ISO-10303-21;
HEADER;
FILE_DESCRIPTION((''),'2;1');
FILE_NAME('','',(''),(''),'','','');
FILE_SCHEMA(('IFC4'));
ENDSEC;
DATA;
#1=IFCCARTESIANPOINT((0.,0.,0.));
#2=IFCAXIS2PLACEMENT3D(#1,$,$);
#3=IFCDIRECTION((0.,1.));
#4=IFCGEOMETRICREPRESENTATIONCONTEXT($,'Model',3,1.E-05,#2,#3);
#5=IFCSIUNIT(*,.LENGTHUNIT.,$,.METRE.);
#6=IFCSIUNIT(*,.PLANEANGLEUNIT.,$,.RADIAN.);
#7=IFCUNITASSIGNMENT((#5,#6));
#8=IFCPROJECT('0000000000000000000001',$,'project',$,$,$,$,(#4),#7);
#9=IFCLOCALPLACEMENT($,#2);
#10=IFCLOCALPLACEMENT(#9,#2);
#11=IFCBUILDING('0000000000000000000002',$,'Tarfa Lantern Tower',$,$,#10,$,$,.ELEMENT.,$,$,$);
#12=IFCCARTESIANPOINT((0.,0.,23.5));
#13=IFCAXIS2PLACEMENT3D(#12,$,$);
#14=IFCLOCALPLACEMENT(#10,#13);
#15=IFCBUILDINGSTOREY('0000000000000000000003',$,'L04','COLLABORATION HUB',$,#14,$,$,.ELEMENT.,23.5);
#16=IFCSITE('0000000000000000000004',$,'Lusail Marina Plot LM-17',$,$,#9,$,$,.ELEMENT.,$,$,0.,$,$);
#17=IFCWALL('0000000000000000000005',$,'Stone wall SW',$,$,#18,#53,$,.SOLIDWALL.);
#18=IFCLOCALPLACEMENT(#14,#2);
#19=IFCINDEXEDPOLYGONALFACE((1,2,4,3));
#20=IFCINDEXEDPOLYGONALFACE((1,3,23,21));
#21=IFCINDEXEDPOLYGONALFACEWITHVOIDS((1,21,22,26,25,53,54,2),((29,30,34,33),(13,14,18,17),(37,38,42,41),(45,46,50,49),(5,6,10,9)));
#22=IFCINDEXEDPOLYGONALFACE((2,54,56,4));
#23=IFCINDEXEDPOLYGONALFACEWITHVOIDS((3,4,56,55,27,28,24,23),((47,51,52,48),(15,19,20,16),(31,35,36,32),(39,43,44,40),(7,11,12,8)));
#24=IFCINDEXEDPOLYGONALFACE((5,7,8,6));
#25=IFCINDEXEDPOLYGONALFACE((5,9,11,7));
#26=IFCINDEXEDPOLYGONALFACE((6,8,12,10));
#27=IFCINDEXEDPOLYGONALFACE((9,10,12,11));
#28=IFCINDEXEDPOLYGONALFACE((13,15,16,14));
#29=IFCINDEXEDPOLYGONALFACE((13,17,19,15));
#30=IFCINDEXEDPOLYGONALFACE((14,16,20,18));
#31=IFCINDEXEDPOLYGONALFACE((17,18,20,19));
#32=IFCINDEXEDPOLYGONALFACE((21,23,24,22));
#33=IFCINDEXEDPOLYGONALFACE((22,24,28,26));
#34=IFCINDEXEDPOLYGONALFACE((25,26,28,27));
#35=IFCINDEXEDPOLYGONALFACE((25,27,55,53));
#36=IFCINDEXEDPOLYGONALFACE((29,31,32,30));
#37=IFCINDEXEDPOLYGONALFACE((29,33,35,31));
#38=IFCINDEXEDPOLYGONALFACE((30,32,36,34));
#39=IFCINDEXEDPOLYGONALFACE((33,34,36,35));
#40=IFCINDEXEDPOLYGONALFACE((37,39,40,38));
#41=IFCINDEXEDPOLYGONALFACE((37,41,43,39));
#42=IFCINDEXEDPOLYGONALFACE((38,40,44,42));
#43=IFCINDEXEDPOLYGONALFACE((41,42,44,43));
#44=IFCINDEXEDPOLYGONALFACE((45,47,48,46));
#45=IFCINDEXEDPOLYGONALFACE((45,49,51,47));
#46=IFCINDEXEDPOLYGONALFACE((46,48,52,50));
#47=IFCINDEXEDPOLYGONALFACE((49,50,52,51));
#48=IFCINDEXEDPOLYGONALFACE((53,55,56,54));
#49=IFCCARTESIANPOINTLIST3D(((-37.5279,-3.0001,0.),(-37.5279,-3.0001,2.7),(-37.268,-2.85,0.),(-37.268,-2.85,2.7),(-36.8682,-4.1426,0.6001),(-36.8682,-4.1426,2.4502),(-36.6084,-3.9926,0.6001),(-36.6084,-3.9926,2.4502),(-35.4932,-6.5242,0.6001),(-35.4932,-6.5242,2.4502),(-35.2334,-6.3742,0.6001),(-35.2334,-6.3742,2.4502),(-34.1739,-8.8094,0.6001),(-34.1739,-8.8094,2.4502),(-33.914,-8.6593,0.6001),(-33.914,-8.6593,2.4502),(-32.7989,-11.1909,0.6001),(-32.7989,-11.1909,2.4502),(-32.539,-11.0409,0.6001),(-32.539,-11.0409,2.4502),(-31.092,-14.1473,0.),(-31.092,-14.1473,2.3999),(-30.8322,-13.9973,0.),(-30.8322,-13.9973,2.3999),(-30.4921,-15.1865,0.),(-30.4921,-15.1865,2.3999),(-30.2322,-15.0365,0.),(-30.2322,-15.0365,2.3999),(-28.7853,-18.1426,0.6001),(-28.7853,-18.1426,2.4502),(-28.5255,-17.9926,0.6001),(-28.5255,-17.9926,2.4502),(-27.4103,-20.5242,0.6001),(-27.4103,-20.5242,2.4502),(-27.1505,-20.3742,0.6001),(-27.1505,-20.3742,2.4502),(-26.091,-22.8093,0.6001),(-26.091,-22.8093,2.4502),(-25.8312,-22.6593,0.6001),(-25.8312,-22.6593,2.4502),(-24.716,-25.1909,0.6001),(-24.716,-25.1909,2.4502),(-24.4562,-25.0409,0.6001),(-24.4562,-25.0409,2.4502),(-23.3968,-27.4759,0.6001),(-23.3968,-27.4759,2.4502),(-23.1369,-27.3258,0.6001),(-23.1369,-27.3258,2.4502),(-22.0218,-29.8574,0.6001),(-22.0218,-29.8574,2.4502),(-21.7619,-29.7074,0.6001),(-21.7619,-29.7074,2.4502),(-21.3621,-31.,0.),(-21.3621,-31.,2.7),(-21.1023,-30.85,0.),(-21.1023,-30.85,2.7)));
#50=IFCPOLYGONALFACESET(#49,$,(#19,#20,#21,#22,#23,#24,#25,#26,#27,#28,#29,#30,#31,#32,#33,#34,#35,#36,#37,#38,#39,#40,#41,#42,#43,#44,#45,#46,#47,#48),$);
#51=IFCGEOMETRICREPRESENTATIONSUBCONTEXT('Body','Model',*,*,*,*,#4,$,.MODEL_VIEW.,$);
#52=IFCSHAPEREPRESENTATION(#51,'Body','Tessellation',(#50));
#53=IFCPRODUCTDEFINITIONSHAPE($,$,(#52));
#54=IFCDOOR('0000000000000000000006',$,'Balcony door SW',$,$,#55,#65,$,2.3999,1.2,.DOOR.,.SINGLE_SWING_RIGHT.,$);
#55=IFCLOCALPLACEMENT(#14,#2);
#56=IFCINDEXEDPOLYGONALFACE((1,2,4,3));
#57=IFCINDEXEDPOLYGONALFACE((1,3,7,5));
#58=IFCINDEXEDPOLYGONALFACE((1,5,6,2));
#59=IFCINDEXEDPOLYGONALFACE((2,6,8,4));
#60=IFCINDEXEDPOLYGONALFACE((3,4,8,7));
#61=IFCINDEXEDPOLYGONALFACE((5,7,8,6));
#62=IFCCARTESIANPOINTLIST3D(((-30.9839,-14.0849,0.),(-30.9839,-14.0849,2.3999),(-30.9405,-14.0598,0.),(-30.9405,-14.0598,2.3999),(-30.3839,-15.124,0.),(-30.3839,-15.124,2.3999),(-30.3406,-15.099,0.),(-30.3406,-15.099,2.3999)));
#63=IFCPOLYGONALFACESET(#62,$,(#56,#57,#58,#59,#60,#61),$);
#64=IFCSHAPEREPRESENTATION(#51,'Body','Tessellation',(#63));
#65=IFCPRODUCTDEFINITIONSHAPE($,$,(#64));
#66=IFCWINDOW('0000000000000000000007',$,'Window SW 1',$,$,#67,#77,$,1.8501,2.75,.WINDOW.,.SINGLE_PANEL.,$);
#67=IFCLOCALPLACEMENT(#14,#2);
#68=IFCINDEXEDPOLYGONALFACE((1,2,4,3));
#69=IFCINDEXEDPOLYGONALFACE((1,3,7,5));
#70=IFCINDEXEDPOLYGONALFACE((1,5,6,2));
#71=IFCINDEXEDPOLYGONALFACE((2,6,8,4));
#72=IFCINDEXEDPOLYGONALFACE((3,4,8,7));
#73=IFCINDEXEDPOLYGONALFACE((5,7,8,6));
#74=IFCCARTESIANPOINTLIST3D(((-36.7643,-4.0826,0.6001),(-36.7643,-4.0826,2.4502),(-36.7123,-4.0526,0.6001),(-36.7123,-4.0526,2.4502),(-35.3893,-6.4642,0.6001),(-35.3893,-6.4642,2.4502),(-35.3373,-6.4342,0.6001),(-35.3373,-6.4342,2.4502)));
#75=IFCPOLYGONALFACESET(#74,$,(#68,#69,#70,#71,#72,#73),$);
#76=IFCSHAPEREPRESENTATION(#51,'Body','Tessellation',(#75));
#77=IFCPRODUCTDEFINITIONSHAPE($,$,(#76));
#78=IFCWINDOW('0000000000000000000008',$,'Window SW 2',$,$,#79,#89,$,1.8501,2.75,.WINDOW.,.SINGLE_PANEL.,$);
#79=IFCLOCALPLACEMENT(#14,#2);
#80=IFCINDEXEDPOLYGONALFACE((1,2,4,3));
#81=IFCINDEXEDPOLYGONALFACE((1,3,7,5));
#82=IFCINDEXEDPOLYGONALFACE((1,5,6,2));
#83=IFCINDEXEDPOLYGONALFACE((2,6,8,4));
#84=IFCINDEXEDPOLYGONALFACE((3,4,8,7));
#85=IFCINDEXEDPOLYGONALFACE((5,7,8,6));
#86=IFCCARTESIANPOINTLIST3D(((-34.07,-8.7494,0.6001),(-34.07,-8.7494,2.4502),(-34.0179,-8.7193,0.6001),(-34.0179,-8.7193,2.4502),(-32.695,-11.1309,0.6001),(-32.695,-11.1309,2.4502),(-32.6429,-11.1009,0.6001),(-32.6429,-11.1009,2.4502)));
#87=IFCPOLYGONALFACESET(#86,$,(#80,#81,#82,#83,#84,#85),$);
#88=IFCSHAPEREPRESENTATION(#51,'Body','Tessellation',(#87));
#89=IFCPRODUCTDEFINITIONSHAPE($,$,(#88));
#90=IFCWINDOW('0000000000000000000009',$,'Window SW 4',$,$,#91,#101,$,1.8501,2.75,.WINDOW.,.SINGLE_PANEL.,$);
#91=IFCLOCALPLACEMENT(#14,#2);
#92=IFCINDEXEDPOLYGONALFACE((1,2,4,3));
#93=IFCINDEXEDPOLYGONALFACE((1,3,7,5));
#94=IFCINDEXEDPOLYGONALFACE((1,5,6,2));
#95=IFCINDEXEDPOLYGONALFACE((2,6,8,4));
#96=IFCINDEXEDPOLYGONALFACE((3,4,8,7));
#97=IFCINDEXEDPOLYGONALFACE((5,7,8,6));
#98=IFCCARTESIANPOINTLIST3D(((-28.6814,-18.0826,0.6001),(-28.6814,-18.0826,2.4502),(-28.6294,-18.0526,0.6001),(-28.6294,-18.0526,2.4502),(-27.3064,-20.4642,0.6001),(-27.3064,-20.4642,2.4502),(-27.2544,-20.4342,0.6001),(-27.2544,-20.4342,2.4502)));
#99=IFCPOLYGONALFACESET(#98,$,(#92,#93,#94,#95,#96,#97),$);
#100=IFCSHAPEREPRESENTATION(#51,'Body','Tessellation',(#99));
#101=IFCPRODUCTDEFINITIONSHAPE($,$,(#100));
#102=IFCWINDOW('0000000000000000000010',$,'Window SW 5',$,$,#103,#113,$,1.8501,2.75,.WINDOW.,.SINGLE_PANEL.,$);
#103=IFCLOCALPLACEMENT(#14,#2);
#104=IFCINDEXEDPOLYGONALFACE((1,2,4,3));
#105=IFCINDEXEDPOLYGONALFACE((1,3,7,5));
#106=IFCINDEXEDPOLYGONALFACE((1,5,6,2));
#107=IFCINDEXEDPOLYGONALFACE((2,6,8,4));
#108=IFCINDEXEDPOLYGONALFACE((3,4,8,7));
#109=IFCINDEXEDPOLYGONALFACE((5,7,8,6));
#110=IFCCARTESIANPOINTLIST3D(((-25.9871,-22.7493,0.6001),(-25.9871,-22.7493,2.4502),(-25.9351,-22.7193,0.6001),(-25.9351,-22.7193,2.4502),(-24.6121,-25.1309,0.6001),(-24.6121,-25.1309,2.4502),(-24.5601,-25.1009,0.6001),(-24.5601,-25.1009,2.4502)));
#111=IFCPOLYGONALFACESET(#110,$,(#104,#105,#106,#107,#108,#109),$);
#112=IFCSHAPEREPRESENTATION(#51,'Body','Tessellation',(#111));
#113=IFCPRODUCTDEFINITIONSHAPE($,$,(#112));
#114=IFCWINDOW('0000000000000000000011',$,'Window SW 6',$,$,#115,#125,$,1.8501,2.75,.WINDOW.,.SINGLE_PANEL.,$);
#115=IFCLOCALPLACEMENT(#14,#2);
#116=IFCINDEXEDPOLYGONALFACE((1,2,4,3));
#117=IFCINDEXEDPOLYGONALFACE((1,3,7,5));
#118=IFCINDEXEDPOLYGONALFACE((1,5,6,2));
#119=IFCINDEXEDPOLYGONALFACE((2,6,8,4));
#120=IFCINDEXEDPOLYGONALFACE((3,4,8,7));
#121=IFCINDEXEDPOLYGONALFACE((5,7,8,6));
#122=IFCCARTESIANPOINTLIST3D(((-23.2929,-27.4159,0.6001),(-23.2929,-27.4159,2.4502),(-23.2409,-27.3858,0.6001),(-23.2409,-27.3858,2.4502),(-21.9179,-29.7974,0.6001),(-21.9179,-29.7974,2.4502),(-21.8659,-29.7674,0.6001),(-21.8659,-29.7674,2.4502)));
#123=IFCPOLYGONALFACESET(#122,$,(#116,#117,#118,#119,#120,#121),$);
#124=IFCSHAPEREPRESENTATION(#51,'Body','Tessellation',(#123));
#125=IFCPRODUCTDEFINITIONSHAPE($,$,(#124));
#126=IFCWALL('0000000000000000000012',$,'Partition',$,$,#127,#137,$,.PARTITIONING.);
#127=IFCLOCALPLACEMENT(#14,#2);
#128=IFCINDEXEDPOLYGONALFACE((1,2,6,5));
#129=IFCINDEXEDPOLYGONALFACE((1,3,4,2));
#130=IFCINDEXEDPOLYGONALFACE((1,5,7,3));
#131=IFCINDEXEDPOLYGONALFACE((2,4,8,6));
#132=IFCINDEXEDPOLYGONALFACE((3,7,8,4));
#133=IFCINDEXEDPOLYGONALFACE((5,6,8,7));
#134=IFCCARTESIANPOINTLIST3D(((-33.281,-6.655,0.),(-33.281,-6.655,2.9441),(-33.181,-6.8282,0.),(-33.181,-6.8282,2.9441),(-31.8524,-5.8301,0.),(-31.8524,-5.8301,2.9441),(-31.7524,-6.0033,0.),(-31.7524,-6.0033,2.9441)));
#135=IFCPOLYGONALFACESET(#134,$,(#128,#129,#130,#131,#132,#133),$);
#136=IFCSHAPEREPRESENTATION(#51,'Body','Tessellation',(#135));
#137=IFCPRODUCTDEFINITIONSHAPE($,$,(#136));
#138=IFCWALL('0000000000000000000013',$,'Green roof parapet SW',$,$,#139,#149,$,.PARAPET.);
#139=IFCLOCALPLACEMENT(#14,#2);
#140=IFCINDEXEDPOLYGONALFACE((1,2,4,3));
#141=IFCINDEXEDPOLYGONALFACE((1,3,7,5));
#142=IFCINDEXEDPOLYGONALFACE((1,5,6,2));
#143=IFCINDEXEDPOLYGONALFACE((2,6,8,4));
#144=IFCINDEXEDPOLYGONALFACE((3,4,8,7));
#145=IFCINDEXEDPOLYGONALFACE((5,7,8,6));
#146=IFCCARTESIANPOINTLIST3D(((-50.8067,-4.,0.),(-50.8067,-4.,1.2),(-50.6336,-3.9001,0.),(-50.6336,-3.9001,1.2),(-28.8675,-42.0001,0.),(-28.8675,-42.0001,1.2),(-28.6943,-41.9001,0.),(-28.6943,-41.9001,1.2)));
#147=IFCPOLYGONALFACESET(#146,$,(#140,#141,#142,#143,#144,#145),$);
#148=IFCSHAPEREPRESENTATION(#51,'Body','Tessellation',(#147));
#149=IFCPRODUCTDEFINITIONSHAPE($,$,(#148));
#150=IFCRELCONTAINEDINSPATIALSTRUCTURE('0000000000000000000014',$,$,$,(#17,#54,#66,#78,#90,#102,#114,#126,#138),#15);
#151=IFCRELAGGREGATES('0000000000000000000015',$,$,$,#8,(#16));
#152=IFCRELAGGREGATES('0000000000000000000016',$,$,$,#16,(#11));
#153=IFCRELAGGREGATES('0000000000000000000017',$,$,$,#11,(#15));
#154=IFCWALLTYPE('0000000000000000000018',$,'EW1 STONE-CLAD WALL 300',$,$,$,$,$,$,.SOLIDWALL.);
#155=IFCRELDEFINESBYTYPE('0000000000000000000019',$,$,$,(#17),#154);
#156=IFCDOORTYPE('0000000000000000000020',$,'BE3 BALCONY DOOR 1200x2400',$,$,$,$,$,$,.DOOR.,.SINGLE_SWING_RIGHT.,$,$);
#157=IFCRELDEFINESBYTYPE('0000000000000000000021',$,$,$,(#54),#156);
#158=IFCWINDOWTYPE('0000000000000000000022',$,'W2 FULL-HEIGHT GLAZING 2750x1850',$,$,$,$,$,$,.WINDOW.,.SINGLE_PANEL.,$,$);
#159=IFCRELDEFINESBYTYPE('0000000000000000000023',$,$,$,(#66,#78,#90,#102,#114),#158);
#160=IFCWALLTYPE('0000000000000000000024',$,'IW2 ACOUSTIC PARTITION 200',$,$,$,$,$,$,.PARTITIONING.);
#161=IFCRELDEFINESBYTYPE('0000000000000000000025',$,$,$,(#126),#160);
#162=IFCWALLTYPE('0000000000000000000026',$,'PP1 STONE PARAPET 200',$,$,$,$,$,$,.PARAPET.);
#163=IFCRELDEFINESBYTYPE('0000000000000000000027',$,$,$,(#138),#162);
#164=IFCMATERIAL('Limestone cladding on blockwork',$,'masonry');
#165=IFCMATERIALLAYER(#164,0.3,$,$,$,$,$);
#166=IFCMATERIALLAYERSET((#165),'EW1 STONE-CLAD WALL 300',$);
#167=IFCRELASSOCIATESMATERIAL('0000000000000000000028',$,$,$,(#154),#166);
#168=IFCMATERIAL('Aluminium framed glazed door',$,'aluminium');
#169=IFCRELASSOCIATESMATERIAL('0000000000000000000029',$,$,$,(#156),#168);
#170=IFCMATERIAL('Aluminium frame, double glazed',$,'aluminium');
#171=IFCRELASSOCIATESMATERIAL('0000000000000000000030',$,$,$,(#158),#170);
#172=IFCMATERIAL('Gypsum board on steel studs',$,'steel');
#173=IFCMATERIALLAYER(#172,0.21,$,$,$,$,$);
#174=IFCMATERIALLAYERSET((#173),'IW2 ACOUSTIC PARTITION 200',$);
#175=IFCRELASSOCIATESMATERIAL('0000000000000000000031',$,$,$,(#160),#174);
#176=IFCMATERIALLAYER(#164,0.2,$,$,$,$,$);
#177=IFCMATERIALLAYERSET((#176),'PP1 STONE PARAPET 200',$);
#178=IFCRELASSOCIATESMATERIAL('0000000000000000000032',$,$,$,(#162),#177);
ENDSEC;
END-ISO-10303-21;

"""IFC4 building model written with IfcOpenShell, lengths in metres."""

from ifc_helpers import new_model, si_unit, direction, frame, frame_2d, origin, place, context, subcontext, project, spatial, rectangle, extrude, material, layer, layer_set, type_object, element, fill, save


model = new_model("IFC4")

# Units and contexts
model_context = context("Model", 3, precision=1e-05, world=origin(), true_north=direction((0.0, 1.0)))
body_context = subcontext(model_context, "Body", "Model", "MODEL_VIEW")
ifc_project = project(units=[si_unit("LENGTHUNIT", "METRE"), si_unit("PLANEANGLEUNIT", "RADIAN")], contexts=[model_context])

# Site, building, storey
site_placement = place(None, origin())
site = spatial("IfcSite", under=ifc_project, at=site_placement, Name="Lusail Marina Plot LM-17", CompositionType="ELEMENT", RefElevation=0.0)
building_placement = place(site_placement, origin())
building = spatial("IfcBuilding", under=site, at=building_placement, Name="Tarfa Lantern Tower", CompositionType="ELEMENT")
storey_placement = place(building_placement, frame((0.0, 0.0, 23.5)))
storey = spatial("IfcBuildingStorey", under=building, at=storey_placement, Name="L04", Description="COLLABORATION HUB", CompositionType="ELEMENT", Elevation=23.5)

# Wall, openings, door, windows
ifc_material_1 = material(Name="Limestone cladding on blockwork", Category="masonry")
ifc_layer_1 = layer(ifc_material_1, 0.3)
ifc_layer_set_1 = layer_set([ifc_layer_1], Name="EW1 STONE-CLAD WALL 300")
wall_type_1 = type_object("IfcWallType", Name="EW1 STONE-CLAD WALL 300", PredefinedType="SOLIDWALL", material=ifc_layer_set_1)
wall_1_placement = place(storey_placement, frame((-37.3979, -2.925, 0.0), z_axis=(0.0, 0.0, 1.0), x_axis=(0.499999, -0.866026, 0.0)))
wall_1 = element("IfcWall", 1, at=wall_1_placement, inside=storey, type_object=wall_type_1, Name="Stone wall SW", PredefinedType="SOLIDWALL", context=body_context, shape_type="SweptSolid", body=[
    extrude(rectangle(XDim=32.3315, YDim=0.3, at=frame_2d((16.1658, 0.0))), origin(), (0.0, 0.0, 1.0), 2.7),
])
opening_1_placement = place(wall_1_placement, frame((1.3193, 0.0, 0.6001)))
opening_1 = element("IfcOpeningElement", 2, at=opening_1_placement, cuts=wall_1, PredefinedType="OPENING", context=body_context, shape_type="SweptSolid", body=[
    extrude(rectangle(XDim=2.75, YDim=1.8501, at=frame_2d((1.375, 0.925))), frame((0.0, 0.1599, 0.0), z_axis=(0.0, -1.0, 0.0), x_axis=(1.0, 0.0, 0.0)), (0.0, 0.0, 1.0), 0.3201),
])
opening_2_placement = place(wall_1_placement, frame((6.708, 0.0, 0.6001)))
opening_2 = element("IfcOpeningElement", 3, at=opening_2_placement, cuts=wall_1, PredefinedType="OPENING", context=body_context, shape_type="SweptSolid", body=[
    extrude(rectangle(XDim=2.75, YDim=1.8501, at=frame_2d((1.375, 0.925))), frame((0.0, 0.1599, 0.0), z_axis=(0.0, -1.0, 0.0), x_axis=(1.0, 0.0, 0.0)), (0.0, 0.0, 1.0), 0.3201),
])
opening_3_placement = place(wall_1_placement, frame((12.8716, 0.0, 0.0)))
opening_3 = element("IfcOpeningElement", 4, at=opening_3_placement, cuts=wall_1, PredefinedType="OPENING", context=body_context, shape_type="SweptSolid", body=[
    extrude(rectangle(XDim=1.2, YDim=2.3999, at=frame_2d((0.6001, 1.2))), frame((0.0, 0.1599, 0.0), z_axis=(0.0, -1.0, 0.0), x_axis=(1.0, 0.0, 0.0)), (0.0, 0.0, 1.0), 0.3201),
])
opening_4_placement = place(wall_1_placement, frame((17.4851, 0.0, 0.6001)))
opening_4 = element("IfcOpeningElement", 5, at=opening_4_placement, cuts=wall_1, PredefinedType="OPENING", context=body_context, shape_type="SweptSolid", body=[
    extrude(rectangle(XDim=2.75, YDim=1.8501, at=frame_2d((1.375, 0.925))), frame((0.0, 0.1599, 0.0), z_axis=(0.0, -1.0, 0.0), x_axis=(1.0, 0.0, 0.0)), (0.0, 0.0, 1.0), 0.3201),
])
opening_5_placement = place(wall_1_placement, frame((22.8738, 0.0, 0.6001)))
opening_5 = element("IfcOpeningElement", 6, at=opening_5_placement, cuts=wall_1, PredefinedType="OPENING", context=body_context, shape_type="SweptSolid", body=[
    extrude(rectangle(XDim=2.75, YDim=1.8501, at=frame_2d((1.375, 0.925))), frame((0.0, 0.1599, 0.0), z_axis=(0.0, -1.0, 0.0), x_axis=(1.0, 0.0, 0.0)), (0.0, 0.0, 1.0), 0.3201),
])
opening_6_placement = place(wall_1_placement, frame((28.2622, 0.0, 0.6001)))
opening_6 = element("IfcOpeningElement", 7, at=opening_6_placement, cuts=wall_1, PredefinedType="OPENING", context=body_context, shape_type="SweptSolid", body=[
    extrude(rectangle(XDim=2.75, YDim=1.8501, at=frame_2d((1.375, 0.925))), frame((0.0, 0.1599, 0.0), z_axis=(0.0, -1.0, 0.0), x_axis=(1.0, 0.0, 0.0)), (0.0, 0.0, 1.0), 0.3201),
])
ifc_material_2 = material(Name="Aluminium framed glazed door", Category="aluminium")
door_type = type_object("IfcDoorType", Name="BE3 BALCONY DOOR 1200x2400", OperationType="SINGLE_SWING_RIGHT", PredefinedType="DOOR", material=ifc_material_2)
door_placement = place(opening_3_placement, origin())
door = element("IfcDoor", 8, at=door_placement, inside=storey, type_object=door_type, Name="Balcony door SW", OperationType="SINGLE_SWING_RIGHT", OverallHeight=2.3999, OverallWidth=1.2, PredefinedType="DOOR", context=body_context, shape_type="SweptSolid", body=[
    extrude(rectangle(XDim=1.2, YDim=2.3999, at=frame_2d((0.6001, 1.2))), frame((0.0, 0.0249, 0.0), z_axis=(0.0, -1.0, 0.0), x_axis=(1.0, 0.0, 0.0)), (0.0, 0.0, 1.0), 0.05),
])
fill(opening_3, door)
ifc_material_3 = material(Name="Aluminium frame, double glazed", Category="aluminium")
window_type = type_object("IfcWindowType", Name="W2 FULL-HEIGHT GLAZING 2750x1850", PartitioningType="SINGLE_PANEL", PredefinedType="WINDOW", material=ifc_material_3)
window_1_placement = place(opening_1_placement, origin())
window_1 = element("IfcWindow", 9, at=window_1_placement, inside=storey, type_object=window_type, Name="Window SW 1", OverallHeight=1.8501, OverallWidth=2.75, PartitioningType="SINGLE_PANEL", PredefinedType="WINDOW", context=body_context, shape_type="SweptSolid", body=[
    extrude(rectangle(XDim=2.75, YDim=1.8501, at=frame_2d((1.375, 0.925))), frame((0.0, 0.03, 0.0), z_axis=(0.0, -1.0, 0.0), x_axis=(1.0, 0.0, 0.0)), (0.0, 0.0, 1.0), 0.0601),
])
fill(opening_1, window_1)
window_2_placement = place(opening_2_placement, origin())
window_2 = element("IfcWindow", 10, at=window_2_placement, inside=storey, type_object=window_type, Name="Window SW 2", OverallHeight=1.8501, OverallWidth=2.75, PartitioningType="SINGLE_PANEL", PredefinedType="WINDOW", context=body_context, shape_type="SweptSolid", body=[
    extrude(rectangle(XDim=2.75, YDim=1.8501, at=frame_2d((1.375, 0.925))), frame((0.0, 0.03, 0.0), z_axis=(0.0, -1.0, 0.0), x_axis=(1.0, 0.0, 0.0)), (0.0, 0.0, 1.0), 0.0601),
])
fill(opening_2, window_2)
window_3_placement = place(opening_4_placement, origin())
window_3 = element("IfcWindow", 11, at=window_3_placement, inside=storey, type_object=window_type, Name="Window SW 4", OverallHeight=1.8501, OverallWidth=2.75, PartitioningType="SINGLE_PANEL", PredefinedType="WINDOW", context=body_context, shape_type="SweptSolid", body=[
    extrude(rectangle(XDim=2.75, YDim=1.8501, at=frame_2d((1.375, 0.925))), frame((0.0, 0.03, 0.0), z_axis=(0.0, -1.0, 0.0), x_axis=(1.0, 0.0, 0.0)), (0.0, 0.0, 1.0), 0.0601),
])
fill(opening_4, window_3)
window_4_placement = place(opening_5_placement, origin())
window_4 = element("IfcWindow", 12, at=window_4_placement, inside=storey, type_object=window_type, Name="Window SW 5", OverallHeight=1.8501, OverallWidth=2.75, PartitioningType="SINGLE_PANEL", PredefinedType="WINDOW", context=body_context, shape_type="SweptSolid", body=[
    extrude(rectangle(XDim=2.75, YDim=1.8501, at=frame_2d((1.375, 0.925))), frame((0.0, 0.03, 0.0), z_axis=(0.0, -1.0, 0.0), x_axis=(1.0, 0.0, 0.0)), (0.0, 0.0, 1.0), 0.0601),
])
fill(opening_5, window_4)
window_5_placement = place(opening_6_placement, origin())
window_5 = element("IfcWindow", 13, at=window_5_placement, inside=storey, type_object=window_type, Name="Window SW 6", OverallHeight=1.8501, OverallWidth=2.75, PartitioningType="SINGLE_PANEL", PredefinedType="WINDOW", context=body_context, shape_type="SweptSolid", body=[
    extrude(rectangle(XDim=2.75, YDim=1.8501, at=frame_2d((1.375, 0.925))), frame((0.0, 0.03, 0.0), z_axis=(0.0, -1.0, 0.0), x_axis=(1.0, 0.0, 0.0)), (0.0, 0.0, 1.0), 0.0601),
])
fill(opening_6, window_5)

# Walls
ifc_material_4 = material(Name="Gypsum board on steel studs", Category="steel")
ifc_layer_2 = layer(ifc_material_4, 0.21)
ifc_layer_set_2 = layer_set([ifc_layer_2], Name="IW2 ACOUSTIC PARTITION 200")
wall_type_2 = type_object("IfcWallType", Name="IW2 ACOUSTIC PARTITION 200", PredefinedType="PARTITIONING", material=ifc_layer_set_2)
wall_2_placement = place(storey_placement, frame((-31.8025, -5.9167, 0.0), z_axis=(0.0, 0.0, 1.0), x_axis=(-0.866003, -0.500038, 0.0)))
element("IfcWall", 14, at=wall_2_placement, inside=storey, type_object=wall_type_2, Name="Partition", PredefinedType="PARTITIONING", context=body_context, shape_type="SweptSolid", body=[
    extrude(rectangle(XDim=1.6497, YDim=0.2, at=frame_2d((0.8247, 0.0))), origin(), (0.0, 0.0, 1.0), 2.9441),
])
ifc_layer_3 = layer(ifc_material_1, 0.2)
ifc_layer_set_3 = layer_set([ifc_layer_3], Name="PP1 STONE PARAPET 200")
wall_type_3 = type_object("IfcWallType", Name="PP1 STONE PARAPET 200", PredefinedType="PARAPET", material=ifc_layer_set_3)
wall_3_placement = place(storey_placement, frame((-50.7202, -3.95, 0.0), z_axis=(0.0, 0.0, 1.0), x_axis=(0.499998, -0.866026, 0.0)))
element("IfcWall", 15, at=wall_3_placement, inside=storey, type_object=wall_type_3, Name="Green roof parapet SW", PredefinedType="PARAPET", context=body_context, shape_type="SweptSolid", body=[
    extrude(rectangle(XDim=43.8787, YDim=0.2, at=frame_2d((21.9395, 0.0))), origin(), (0.0, 0.0, 1.0), 1.2),
])

save(model, "model.ifc")
